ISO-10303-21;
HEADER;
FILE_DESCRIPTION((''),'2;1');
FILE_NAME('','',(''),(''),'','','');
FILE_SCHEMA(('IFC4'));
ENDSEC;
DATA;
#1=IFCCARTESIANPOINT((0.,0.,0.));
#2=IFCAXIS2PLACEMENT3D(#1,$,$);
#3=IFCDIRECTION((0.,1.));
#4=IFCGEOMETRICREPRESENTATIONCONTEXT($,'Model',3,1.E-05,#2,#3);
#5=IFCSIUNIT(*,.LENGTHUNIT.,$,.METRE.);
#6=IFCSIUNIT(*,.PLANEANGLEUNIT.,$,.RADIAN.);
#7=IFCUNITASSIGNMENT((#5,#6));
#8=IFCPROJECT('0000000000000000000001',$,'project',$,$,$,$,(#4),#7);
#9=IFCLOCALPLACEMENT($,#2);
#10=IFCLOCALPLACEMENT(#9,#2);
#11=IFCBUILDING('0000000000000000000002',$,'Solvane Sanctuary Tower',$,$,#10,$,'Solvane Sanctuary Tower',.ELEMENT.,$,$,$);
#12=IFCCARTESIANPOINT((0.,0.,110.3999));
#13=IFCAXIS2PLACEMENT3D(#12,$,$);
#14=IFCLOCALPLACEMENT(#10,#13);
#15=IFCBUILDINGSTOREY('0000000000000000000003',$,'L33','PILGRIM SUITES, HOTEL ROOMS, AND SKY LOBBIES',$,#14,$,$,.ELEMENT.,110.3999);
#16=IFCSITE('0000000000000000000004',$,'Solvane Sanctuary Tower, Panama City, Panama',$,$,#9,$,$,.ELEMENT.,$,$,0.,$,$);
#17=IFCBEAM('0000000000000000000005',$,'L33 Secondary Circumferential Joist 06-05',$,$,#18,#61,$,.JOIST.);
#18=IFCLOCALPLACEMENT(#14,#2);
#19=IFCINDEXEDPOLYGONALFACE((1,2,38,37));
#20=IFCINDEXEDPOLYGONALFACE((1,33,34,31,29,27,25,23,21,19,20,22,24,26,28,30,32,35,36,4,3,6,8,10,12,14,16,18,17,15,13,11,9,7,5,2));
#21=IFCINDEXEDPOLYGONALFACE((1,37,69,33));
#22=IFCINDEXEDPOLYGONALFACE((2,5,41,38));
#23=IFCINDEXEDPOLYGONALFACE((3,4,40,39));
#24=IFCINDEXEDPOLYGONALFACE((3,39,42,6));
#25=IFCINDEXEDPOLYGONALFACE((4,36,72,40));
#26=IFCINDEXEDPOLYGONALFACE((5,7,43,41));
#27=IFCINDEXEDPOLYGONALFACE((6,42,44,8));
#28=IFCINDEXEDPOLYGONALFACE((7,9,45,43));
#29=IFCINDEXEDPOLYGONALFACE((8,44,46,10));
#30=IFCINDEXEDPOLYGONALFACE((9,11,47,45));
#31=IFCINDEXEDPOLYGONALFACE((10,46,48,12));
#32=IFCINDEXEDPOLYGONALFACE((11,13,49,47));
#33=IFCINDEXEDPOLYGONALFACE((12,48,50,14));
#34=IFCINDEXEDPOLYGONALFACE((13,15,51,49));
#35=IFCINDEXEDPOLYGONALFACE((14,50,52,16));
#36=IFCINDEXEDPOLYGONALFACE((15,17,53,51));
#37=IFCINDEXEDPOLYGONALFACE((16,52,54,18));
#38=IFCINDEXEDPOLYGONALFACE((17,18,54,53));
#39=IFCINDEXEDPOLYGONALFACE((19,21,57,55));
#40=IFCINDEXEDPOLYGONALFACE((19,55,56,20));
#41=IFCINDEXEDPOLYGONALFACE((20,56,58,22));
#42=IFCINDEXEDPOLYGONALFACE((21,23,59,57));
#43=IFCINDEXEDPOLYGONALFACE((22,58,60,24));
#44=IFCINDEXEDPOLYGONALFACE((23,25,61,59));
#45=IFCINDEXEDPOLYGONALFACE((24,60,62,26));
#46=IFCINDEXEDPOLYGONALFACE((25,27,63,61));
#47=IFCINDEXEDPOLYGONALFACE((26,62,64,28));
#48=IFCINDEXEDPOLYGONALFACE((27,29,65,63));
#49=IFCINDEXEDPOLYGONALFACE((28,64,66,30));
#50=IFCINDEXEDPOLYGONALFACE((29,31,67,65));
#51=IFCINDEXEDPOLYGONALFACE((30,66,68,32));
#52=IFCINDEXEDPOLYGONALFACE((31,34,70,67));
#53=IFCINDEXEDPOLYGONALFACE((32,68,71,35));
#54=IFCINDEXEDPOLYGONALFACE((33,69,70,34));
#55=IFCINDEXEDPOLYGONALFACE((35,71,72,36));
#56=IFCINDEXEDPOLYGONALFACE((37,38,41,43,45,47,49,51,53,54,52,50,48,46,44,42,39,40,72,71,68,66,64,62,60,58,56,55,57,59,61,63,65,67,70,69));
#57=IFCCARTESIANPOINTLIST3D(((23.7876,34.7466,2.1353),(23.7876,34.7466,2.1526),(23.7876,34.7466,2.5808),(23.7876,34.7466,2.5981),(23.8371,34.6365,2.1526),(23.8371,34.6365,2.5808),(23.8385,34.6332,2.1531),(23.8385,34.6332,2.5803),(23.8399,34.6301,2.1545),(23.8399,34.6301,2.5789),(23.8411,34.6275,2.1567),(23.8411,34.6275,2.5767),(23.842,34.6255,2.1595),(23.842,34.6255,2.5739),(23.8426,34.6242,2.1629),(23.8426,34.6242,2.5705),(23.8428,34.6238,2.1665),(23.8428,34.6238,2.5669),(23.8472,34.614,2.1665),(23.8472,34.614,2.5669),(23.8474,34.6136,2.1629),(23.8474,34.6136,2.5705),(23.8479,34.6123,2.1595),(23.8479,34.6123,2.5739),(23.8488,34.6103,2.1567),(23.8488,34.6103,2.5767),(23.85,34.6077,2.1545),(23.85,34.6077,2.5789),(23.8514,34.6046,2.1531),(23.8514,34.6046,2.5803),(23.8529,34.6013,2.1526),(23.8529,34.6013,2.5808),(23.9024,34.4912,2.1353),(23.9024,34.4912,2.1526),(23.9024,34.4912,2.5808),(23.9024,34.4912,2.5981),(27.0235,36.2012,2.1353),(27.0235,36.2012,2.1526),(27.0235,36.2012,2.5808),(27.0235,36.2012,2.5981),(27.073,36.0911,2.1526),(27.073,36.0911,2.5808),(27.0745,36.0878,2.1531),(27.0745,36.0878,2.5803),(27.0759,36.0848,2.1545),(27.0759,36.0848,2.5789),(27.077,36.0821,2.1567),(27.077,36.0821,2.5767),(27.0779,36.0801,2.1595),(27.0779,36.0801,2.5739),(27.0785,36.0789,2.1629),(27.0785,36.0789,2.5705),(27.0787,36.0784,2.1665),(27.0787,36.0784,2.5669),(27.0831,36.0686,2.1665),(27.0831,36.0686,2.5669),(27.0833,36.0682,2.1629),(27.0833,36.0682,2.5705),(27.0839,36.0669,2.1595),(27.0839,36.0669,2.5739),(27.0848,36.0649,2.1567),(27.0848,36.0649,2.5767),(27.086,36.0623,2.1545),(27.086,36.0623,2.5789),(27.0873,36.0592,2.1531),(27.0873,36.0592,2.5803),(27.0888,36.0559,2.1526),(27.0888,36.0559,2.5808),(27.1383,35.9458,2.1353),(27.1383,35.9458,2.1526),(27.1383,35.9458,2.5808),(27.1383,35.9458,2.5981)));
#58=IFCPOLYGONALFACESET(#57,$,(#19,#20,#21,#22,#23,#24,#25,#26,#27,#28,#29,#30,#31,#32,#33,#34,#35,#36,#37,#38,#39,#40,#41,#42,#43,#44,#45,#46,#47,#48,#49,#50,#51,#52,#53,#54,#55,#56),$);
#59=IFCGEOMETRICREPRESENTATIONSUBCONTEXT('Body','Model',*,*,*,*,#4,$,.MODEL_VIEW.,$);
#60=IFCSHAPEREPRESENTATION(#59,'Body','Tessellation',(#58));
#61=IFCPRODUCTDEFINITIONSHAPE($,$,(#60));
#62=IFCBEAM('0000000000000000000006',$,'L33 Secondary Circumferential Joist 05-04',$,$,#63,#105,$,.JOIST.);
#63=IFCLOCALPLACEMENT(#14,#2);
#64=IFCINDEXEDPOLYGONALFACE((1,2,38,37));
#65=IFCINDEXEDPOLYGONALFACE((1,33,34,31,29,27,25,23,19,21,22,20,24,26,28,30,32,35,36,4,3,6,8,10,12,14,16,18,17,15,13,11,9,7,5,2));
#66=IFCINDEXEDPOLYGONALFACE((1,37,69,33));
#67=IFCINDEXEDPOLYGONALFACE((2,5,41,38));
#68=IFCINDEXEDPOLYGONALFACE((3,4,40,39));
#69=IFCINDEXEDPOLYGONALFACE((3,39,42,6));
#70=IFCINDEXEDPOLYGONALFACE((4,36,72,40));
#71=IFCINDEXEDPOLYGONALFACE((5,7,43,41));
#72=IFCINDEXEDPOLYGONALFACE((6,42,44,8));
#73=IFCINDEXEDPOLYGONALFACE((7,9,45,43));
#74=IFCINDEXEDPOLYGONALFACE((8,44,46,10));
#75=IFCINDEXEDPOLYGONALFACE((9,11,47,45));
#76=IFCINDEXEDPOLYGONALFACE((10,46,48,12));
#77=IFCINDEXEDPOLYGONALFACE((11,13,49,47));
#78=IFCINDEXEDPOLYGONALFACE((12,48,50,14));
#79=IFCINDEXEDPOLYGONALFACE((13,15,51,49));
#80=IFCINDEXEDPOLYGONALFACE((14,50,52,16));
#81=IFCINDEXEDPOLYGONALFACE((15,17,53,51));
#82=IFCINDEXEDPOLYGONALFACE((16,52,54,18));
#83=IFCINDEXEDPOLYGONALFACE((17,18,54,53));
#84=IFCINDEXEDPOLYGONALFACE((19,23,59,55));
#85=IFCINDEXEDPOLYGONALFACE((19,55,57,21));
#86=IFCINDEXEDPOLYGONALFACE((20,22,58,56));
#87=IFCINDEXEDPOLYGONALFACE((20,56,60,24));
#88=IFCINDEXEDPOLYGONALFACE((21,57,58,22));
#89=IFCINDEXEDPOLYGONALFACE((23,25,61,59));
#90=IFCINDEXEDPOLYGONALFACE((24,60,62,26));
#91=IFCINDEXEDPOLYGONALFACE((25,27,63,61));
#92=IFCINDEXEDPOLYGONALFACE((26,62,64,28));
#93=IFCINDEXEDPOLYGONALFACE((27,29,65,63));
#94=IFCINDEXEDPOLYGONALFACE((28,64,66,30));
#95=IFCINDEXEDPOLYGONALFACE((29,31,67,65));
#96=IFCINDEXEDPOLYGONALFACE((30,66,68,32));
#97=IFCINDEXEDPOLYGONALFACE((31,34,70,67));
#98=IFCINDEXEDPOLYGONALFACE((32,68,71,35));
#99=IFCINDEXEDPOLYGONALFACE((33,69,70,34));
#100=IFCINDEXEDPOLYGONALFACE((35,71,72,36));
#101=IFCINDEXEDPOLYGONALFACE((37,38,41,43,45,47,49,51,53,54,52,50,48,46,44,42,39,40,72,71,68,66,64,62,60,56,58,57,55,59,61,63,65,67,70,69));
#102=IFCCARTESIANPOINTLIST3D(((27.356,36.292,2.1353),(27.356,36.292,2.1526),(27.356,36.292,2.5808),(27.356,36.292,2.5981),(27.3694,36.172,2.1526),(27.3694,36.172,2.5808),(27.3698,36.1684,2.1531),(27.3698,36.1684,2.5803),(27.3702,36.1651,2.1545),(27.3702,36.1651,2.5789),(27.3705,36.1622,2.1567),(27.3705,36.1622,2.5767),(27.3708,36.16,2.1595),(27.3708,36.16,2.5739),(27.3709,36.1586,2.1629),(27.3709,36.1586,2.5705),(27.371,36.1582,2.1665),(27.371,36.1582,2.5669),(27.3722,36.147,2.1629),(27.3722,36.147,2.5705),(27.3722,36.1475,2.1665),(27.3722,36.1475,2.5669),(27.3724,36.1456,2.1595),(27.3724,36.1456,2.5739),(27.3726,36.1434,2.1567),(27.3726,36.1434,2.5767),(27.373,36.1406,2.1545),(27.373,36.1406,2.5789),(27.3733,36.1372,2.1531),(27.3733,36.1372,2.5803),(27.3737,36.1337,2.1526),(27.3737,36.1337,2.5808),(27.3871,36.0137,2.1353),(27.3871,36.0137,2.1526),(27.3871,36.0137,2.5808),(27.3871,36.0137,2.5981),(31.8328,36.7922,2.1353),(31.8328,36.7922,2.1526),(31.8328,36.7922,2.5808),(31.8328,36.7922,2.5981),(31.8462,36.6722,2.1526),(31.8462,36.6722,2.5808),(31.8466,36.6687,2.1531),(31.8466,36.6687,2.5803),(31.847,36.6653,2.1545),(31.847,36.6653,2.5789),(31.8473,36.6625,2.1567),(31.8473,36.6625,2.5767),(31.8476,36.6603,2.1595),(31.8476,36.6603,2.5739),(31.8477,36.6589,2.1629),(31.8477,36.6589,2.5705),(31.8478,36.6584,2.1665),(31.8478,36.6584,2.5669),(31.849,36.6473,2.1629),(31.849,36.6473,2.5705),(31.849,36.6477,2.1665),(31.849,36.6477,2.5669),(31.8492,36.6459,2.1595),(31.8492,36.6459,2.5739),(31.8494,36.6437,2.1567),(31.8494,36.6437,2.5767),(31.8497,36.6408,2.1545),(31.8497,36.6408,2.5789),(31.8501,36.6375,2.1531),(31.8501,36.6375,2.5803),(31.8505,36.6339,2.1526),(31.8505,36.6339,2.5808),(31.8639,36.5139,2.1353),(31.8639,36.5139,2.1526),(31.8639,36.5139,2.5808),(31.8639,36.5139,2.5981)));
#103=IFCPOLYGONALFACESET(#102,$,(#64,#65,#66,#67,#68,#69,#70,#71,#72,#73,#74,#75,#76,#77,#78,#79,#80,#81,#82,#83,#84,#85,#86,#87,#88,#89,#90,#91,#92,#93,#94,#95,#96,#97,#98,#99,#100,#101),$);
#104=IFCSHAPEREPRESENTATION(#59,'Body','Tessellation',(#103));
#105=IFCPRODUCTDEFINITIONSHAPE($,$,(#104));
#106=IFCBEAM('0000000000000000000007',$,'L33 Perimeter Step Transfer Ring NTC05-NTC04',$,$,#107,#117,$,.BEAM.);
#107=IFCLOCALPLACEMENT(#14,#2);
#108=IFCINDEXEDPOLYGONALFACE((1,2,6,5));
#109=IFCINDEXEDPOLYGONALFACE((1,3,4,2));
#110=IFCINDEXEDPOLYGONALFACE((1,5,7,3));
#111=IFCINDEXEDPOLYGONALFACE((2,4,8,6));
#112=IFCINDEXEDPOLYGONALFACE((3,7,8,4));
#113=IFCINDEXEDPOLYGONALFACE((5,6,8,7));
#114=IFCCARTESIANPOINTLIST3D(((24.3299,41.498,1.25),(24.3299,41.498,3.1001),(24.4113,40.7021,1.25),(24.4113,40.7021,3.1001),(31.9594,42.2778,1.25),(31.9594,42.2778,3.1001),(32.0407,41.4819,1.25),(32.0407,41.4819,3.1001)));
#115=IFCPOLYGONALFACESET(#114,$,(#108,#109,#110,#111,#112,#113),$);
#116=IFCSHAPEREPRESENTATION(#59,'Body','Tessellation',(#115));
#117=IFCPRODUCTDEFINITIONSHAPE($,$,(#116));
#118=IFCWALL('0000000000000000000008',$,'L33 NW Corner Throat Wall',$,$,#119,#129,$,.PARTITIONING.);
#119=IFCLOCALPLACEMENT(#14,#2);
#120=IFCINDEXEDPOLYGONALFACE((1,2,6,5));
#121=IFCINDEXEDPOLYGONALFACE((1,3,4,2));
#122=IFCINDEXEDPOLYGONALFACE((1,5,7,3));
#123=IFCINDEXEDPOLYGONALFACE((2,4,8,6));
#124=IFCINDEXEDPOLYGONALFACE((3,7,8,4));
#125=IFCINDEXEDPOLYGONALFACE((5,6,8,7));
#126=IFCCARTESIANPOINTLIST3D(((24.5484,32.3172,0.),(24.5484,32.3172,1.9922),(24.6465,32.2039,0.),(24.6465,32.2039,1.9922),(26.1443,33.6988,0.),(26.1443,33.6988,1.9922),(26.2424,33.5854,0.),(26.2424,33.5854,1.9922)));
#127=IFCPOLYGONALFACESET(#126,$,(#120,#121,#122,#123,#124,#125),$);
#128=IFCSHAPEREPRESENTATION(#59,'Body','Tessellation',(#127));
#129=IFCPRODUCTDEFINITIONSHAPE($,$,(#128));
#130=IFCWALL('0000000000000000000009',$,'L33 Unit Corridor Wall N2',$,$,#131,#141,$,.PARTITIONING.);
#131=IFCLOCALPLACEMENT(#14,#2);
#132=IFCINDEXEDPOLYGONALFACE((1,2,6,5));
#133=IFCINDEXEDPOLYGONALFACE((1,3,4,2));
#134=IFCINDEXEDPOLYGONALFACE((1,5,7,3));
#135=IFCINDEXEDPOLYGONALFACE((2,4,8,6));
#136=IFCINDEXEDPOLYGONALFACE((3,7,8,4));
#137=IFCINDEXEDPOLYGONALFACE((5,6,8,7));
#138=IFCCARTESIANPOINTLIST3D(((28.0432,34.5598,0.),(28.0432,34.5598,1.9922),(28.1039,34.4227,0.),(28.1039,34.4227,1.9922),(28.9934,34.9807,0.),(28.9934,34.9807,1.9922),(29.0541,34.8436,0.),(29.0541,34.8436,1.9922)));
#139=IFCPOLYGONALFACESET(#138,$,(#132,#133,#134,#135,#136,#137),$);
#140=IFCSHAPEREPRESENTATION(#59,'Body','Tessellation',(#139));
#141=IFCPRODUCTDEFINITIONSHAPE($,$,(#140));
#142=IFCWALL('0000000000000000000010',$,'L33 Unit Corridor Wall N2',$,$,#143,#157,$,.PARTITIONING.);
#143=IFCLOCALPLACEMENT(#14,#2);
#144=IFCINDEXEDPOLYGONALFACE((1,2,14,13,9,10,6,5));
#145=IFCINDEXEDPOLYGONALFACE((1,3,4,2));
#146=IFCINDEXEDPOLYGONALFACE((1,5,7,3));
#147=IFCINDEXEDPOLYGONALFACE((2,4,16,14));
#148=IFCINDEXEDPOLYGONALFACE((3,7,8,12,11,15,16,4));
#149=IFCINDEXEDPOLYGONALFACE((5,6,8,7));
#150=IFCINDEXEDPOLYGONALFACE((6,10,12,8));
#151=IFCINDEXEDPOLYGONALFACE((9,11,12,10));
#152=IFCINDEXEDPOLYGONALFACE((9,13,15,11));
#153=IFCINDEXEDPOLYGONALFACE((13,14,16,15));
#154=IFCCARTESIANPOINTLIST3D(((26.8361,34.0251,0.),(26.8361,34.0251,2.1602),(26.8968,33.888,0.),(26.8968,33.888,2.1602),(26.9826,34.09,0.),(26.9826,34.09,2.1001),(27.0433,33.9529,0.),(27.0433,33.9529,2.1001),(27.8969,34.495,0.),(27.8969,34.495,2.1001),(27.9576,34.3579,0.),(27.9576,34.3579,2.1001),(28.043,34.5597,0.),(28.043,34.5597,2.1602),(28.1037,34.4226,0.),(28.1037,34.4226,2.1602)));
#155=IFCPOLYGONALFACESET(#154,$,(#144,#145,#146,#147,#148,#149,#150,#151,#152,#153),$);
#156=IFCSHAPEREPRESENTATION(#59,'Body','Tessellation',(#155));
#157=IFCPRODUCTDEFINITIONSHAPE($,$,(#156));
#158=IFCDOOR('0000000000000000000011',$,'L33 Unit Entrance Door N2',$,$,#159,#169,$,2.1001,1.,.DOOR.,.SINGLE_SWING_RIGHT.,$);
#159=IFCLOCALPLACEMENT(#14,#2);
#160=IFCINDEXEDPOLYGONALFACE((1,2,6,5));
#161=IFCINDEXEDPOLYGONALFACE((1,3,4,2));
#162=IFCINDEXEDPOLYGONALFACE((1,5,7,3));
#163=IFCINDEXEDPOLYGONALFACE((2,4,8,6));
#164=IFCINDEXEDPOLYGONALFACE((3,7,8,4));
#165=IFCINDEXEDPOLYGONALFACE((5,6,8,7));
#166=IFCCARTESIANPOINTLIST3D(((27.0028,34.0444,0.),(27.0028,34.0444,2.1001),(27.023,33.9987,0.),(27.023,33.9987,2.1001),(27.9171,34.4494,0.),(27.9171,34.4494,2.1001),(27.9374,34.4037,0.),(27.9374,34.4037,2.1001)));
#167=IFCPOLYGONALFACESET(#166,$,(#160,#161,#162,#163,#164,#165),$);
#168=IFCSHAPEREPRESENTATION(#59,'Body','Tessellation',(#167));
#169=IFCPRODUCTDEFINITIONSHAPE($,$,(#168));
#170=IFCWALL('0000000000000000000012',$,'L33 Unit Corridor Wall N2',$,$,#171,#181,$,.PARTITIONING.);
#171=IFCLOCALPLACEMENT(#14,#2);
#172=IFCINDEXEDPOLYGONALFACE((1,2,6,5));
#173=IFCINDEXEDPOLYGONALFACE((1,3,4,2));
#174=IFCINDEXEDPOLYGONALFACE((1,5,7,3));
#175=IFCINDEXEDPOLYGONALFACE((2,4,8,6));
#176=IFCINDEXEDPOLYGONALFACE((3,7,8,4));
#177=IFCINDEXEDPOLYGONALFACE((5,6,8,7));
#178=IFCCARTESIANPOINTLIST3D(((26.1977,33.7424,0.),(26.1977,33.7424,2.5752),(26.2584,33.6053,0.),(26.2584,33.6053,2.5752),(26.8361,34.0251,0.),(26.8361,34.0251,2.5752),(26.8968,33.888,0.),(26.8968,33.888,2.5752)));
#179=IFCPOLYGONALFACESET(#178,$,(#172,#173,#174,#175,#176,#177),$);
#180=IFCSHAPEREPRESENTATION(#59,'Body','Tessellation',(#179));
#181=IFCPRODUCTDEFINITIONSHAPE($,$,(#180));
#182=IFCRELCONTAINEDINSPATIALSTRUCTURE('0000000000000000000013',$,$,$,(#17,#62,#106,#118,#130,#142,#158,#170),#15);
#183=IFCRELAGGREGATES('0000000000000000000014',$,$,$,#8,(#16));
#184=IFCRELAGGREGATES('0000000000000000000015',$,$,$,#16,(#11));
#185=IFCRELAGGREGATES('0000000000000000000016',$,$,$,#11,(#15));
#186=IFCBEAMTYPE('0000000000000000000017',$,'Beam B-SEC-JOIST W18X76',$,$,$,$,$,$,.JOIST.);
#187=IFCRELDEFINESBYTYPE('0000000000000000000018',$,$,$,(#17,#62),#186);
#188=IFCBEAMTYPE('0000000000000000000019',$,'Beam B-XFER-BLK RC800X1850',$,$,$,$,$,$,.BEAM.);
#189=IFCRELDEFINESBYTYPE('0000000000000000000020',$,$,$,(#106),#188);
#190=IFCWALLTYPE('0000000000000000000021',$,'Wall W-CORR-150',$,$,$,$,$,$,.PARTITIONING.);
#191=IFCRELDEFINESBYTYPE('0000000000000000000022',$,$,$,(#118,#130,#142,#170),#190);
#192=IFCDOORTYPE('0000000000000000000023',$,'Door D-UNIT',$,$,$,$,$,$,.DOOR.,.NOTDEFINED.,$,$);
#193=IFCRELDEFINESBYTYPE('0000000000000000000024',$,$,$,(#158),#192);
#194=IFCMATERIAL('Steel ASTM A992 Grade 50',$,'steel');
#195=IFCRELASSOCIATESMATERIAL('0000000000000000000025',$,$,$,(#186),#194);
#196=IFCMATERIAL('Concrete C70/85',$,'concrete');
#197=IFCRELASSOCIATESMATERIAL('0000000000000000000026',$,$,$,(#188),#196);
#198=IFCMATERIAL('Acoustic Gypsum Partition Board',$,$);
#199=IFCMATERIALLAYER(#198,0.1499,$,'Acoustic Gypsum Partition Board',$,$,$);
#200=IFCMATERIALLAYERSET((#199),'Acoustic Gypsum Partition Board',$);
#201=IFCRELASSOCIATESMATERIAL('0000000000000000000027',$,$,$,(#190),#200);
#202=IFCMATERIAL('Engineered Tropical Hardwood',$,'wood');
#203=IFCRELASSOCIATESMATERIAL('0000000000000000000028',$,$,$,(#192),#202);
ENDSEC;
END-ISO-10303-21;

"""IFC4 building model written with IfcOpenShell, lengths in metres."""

from ifc_helpers import new_model, si_unit, direction, frame, frame_2d, origin, origin_2d, place, context, subcontext, project, spatial, rectangle, i_section, extrude, material, layer, layer_set, material_profile, profile_set, type_object, element, fill, save


model = new_model("IFC4")

# Units and contexts
model_context = context("Model", 3, precision=1e-05, world=origin(), true_north=direction((0.0, 1.0)))
body_context = subcontext(model_context, "Body", "Model", "MODEL_VIEW")
ifc_project = project(units=[si_unit("LENGTHUNIT", "METRE"), si_unit("PLANEANGLEUNIT", "RADIAN")], contexts=[model_context])

# Site, building, storey
site_placement = place(None, origin())
site = spatial("IfcSite", under=ifc_project, at=site_placement, Name="Solvane Sanctuary Tower, Panama City, Panama", CompositionType="ELEMENT", RefElevation=0.0)
building_placement = place(site_placement, origin())
building = spatial("IfcBuilding", under=site, at=building_placement, Name="Solvane Sanctuary Tower", LongName="Solvane Sanctuary Tower", CompositionType="ELEMENT")
storey_placement = place(building_placement, frame((0.0, 0.0, 110.3999)))
storey = spatial("IfcBuildingStorey", under=building, at=storey_placement, Name="L33", Description="PILGRIM SUITES, HOTEL ROOMS, AND SKY LOBBIES", CompositionType="ELEMENT", Elevation=110.3999)

# Shared definitions
ifc_material_1 = material(Name="Concrete C70/85", Category="concrete")

# Beams
ifc_material_2 = material(Name="Steel ASTM A992 Grade 50", Category="steel")
ifc_material_profile_1 = material_profile(ifc_material_2, i_section(OverallWidth=0.28, OverallDepth=0.4629, WebThickness=0.0107, FlangeThickness=0.0173, FilletRadius=0.0139, at=origin_2d()), Name="W18X76")
ifc_profile_set_1 = profile_set([ifc_material_profile_1], Name="Steel ASTM A992 Grade 50")
beam_type_1 = type_object("IfcBeamType", Name="Beam B-SEC-JOIST W18X76", PredefinedType="JOIST", material=ifc_profile_set_1)
beam_1_placement = place(storey_placement, frame((23.845, 34.6189, 2.3667), z_axis=(0.912084, 0.410004, 0.0), x_axis=(-0.410004, 0.912084, 0.0)))
element("IfcBeam", 1, at=beam_1_placement, inside=storey, type_object=beam_type_1, Name="L33 Secondary Circumferential Joist 06-05", PredefinedType="JOIST", context=body_context, shape_type="SweptSolid", body=[
    extrude(i_section(OverallWidth=0.28, OverallDepth=0.4629, WebThickness=0.0107, FlangeThickness=0.0173, FilletRadius=0.0139, at=origin_2d()), origin(), (0.0, 0.0, 1.0), 3.5479),
])
beam_2_placement = place(storey_placement, frame((27.3716, 36.1528, 2.3667), z_axis=(0.993815, 0.11105, 0.0), x_axis=(-0.11105, 0.993815, 0.0)))
element("IfcBeam", 2, at=beam_2_placement, inside=storey, type_object=beam_type_1, Name="L33 Secondary Circumferential Joist 05-04", PredefinedType="JOIST", context=body_context, shape_type="SweptSolid", body=[
    extrude(i_section(OverallWidth=0.28, OverallDepth=0.4629, WebThickness=0.0107, FlangeThickness=0.0173, FilletRadius=0.0139, at=origin_2d()), origin(), (0.0, 0.0, 1.0), 4.5046),
])
ifc_material_profile_2 = material_profile(ifc_material_1, rectangle(XDim=0.8, YDim=1.8501, at=origin_2d()), Name="RC800X1850")
ifc_profile_set_2 = profile_set([ifc_material_profile_2], Name="Concrete C70/85")
beam_type_2 = type_object("IfcBeamType", Name="Beam B-XFER-BLK RC800X1850", PredefinedType="BEAM", material=ifc_profile_set_2)
beam_3_placement = place(storey_placement, frame((24.3706, 41.1001, 2.175), z_axis=(0.994817, 0.101678, 0.0), x_axis=(-0.101678, 0.994817, 0.0)))
element("IfcBeam", 3, at=beam_3_placement, inside=storey, type_object=beam_type_2, Name="L33 Perimeter Step Transfer Ring NTC05-NTC04", PredefinedType="BEAM", context=body_context, shape_type="SweptSolid", body=[
    extrude(rectangle(XDim=0.8, YDim=1.8501, at=origin_2d()), origin(), (0.0, 0.0, 1.0), 7.6692),
])

# Walls
ifc_material_3 = material(Name="Acoustic Gypsum Partition Board")
ifc_layer_1 = layer(ifc_material_3, 0.1499, Name="Acoustic Gypsum Partition Board")
ifc_layer_set_1 = layer_set([ifc_layer_1], Name="Acoustic Gypsum Partition Board")
wall_type_1 = type_object("IfcWallType", Name="Wall W-CORR-150", PredefinedType="PARTITIONING", material=ifc_layer_set_1)
wall_1_placement = place(storey_placement, frame((26.1934, 33.6421, 0.0), z_axis=(0.0, 0.0, 1.0), x_axis=(-0.756055, -0.654508, 0.0)))
element("IfcWall", 4, at=wall_1_placement, inside=storey, type_object=wall_type_1, Name="L33 NW Corner Throat Wall", PredefinedType="PARTITIONING", context=body_context, shape_type="SweptSolid", body=[
    extrude(rectangle(XDim=2.1108, YDim=0.1499, at=frame_2d((1.0554, 0.0))), origin(), (0.0, 0.0, 1.0), 1.9922),
])
wall_2_placement = place(storey_placement, frame((29.0237, 34.9121, 0.0), z_axis=(0.0, 0.0, 1.0), x_axis=(-0.914315, -0.405005, 0.0)))
element("IfcWall", 5, at=wall_2_placement, inside=storey, type_object=wall_type_1, Name="L33 Unit Corridor Wall N2", PredefinedType="PARTITIONING", context=body_context, shape_type="SweptSolid", body=[
    extrude(rectangle(XDim=1.0393, YDim=0.1499, at=frame_2d((0.5195, 0.0))), origin(), (0.0, 0.0, 1.0), 1.9922),
])

# Wall, opening, door
wall_3_placement = place(storey_placement, frame((28.0735, 34.4912, 0.0), z_axis=(0.0, 0.0, 1.0), x_axis=(-0.914314, -0.405006, 0.0)))
wall_3 = element("IfcWall", 6, at=wall_3_placement, inside=storey, type_object=wall_type_1, Name="L33 Unit Corridor Wall N2", PredefinedType="PARTITIONING", context=body_context, shape_type="SweptSolid", body=[
    extrude(rectangle(XDim=1.3201, YDim=0.1499, at=frame_2d((0.6602, 0.0))), origin(), (0.0, 0.0, 1.0), 2.1602),
])
opening_1_placement = place(wall_3_placement, frame((0.1599, 0.0, 0.0)))
opening_1 = element("IfcOpeningElement", 7, at=opening_1_placement, cuts=wall_3, PredefinedType="OPENING", context=body_context, shape_type="SweptSolid", body=[
    extrude(rectangle(XDim=1.0, YDim=2.1001, at=frame_2d((0.5, 1.05))), frame((0.0, 0.085, 0.0), z_axis=(0.0, -1.0, 0.0), x_axis=(1.0, 0.0, 0.0)), (0.0, 0.0, 1.0), 0.1699),
])
ifc_material_4 = material(Name="Engineered Tropical Hardwood", Category="wood")
door_type = type_object("IfcDoorType", Name="Door D-UNIT", OperationType="NOTDEFINED", PredefinedType="DOOR", material=ifc_material_4)
door_placement = place(opening_1_placement, origin())
door = element("IfcDoor", 8, at=door_placement, inside=storey, type_object=door_type, Name="L33 Unit Entrance Door N2", OperationType="SINGLE_SWING_RIGHT", OverallHeight=2.1001, OverallWidth=1.0, PredefinedType="DOOR", context=body_context, shape_type="SweptSolid", body=[
    extrude(rectangle(XDim=1.0, YDim=2.1001, at=frame_2d((0.5, 1.05))), frame((0.0, 0.0249, 0.0), z_axis=(0.0, -1.0, 0.0), x_axis=(1.0, 0.0, 0.0)), (0.0, 0.0, 1.0), 0.05),
])
fill(opening_1, door)

# Wall
wall_4_placement = place(storey_placement, frame((26.8665, 33.9565, 0.0), z_axis=(0.0, 0.0, 1.0), x_axis=(-0.914359, -0.404905, 0.0)))
element("IfcWall", 9, at=wall_4_placement, inside=storey, type_object=wall_type_1, Name="L33 Unit Corridor Wall N2", PredefinedType="PARTITIONING", context=body_context, shape_type="SweptSolid", body=[
    extrude(rectangle(XDim=0.6982, YDim=0.1499, at=frame_2d((0.3491, 0.0))), origin(), (0.0, 0.0, 1.0), 2.5752),
])

save(model, "model.ifc")
